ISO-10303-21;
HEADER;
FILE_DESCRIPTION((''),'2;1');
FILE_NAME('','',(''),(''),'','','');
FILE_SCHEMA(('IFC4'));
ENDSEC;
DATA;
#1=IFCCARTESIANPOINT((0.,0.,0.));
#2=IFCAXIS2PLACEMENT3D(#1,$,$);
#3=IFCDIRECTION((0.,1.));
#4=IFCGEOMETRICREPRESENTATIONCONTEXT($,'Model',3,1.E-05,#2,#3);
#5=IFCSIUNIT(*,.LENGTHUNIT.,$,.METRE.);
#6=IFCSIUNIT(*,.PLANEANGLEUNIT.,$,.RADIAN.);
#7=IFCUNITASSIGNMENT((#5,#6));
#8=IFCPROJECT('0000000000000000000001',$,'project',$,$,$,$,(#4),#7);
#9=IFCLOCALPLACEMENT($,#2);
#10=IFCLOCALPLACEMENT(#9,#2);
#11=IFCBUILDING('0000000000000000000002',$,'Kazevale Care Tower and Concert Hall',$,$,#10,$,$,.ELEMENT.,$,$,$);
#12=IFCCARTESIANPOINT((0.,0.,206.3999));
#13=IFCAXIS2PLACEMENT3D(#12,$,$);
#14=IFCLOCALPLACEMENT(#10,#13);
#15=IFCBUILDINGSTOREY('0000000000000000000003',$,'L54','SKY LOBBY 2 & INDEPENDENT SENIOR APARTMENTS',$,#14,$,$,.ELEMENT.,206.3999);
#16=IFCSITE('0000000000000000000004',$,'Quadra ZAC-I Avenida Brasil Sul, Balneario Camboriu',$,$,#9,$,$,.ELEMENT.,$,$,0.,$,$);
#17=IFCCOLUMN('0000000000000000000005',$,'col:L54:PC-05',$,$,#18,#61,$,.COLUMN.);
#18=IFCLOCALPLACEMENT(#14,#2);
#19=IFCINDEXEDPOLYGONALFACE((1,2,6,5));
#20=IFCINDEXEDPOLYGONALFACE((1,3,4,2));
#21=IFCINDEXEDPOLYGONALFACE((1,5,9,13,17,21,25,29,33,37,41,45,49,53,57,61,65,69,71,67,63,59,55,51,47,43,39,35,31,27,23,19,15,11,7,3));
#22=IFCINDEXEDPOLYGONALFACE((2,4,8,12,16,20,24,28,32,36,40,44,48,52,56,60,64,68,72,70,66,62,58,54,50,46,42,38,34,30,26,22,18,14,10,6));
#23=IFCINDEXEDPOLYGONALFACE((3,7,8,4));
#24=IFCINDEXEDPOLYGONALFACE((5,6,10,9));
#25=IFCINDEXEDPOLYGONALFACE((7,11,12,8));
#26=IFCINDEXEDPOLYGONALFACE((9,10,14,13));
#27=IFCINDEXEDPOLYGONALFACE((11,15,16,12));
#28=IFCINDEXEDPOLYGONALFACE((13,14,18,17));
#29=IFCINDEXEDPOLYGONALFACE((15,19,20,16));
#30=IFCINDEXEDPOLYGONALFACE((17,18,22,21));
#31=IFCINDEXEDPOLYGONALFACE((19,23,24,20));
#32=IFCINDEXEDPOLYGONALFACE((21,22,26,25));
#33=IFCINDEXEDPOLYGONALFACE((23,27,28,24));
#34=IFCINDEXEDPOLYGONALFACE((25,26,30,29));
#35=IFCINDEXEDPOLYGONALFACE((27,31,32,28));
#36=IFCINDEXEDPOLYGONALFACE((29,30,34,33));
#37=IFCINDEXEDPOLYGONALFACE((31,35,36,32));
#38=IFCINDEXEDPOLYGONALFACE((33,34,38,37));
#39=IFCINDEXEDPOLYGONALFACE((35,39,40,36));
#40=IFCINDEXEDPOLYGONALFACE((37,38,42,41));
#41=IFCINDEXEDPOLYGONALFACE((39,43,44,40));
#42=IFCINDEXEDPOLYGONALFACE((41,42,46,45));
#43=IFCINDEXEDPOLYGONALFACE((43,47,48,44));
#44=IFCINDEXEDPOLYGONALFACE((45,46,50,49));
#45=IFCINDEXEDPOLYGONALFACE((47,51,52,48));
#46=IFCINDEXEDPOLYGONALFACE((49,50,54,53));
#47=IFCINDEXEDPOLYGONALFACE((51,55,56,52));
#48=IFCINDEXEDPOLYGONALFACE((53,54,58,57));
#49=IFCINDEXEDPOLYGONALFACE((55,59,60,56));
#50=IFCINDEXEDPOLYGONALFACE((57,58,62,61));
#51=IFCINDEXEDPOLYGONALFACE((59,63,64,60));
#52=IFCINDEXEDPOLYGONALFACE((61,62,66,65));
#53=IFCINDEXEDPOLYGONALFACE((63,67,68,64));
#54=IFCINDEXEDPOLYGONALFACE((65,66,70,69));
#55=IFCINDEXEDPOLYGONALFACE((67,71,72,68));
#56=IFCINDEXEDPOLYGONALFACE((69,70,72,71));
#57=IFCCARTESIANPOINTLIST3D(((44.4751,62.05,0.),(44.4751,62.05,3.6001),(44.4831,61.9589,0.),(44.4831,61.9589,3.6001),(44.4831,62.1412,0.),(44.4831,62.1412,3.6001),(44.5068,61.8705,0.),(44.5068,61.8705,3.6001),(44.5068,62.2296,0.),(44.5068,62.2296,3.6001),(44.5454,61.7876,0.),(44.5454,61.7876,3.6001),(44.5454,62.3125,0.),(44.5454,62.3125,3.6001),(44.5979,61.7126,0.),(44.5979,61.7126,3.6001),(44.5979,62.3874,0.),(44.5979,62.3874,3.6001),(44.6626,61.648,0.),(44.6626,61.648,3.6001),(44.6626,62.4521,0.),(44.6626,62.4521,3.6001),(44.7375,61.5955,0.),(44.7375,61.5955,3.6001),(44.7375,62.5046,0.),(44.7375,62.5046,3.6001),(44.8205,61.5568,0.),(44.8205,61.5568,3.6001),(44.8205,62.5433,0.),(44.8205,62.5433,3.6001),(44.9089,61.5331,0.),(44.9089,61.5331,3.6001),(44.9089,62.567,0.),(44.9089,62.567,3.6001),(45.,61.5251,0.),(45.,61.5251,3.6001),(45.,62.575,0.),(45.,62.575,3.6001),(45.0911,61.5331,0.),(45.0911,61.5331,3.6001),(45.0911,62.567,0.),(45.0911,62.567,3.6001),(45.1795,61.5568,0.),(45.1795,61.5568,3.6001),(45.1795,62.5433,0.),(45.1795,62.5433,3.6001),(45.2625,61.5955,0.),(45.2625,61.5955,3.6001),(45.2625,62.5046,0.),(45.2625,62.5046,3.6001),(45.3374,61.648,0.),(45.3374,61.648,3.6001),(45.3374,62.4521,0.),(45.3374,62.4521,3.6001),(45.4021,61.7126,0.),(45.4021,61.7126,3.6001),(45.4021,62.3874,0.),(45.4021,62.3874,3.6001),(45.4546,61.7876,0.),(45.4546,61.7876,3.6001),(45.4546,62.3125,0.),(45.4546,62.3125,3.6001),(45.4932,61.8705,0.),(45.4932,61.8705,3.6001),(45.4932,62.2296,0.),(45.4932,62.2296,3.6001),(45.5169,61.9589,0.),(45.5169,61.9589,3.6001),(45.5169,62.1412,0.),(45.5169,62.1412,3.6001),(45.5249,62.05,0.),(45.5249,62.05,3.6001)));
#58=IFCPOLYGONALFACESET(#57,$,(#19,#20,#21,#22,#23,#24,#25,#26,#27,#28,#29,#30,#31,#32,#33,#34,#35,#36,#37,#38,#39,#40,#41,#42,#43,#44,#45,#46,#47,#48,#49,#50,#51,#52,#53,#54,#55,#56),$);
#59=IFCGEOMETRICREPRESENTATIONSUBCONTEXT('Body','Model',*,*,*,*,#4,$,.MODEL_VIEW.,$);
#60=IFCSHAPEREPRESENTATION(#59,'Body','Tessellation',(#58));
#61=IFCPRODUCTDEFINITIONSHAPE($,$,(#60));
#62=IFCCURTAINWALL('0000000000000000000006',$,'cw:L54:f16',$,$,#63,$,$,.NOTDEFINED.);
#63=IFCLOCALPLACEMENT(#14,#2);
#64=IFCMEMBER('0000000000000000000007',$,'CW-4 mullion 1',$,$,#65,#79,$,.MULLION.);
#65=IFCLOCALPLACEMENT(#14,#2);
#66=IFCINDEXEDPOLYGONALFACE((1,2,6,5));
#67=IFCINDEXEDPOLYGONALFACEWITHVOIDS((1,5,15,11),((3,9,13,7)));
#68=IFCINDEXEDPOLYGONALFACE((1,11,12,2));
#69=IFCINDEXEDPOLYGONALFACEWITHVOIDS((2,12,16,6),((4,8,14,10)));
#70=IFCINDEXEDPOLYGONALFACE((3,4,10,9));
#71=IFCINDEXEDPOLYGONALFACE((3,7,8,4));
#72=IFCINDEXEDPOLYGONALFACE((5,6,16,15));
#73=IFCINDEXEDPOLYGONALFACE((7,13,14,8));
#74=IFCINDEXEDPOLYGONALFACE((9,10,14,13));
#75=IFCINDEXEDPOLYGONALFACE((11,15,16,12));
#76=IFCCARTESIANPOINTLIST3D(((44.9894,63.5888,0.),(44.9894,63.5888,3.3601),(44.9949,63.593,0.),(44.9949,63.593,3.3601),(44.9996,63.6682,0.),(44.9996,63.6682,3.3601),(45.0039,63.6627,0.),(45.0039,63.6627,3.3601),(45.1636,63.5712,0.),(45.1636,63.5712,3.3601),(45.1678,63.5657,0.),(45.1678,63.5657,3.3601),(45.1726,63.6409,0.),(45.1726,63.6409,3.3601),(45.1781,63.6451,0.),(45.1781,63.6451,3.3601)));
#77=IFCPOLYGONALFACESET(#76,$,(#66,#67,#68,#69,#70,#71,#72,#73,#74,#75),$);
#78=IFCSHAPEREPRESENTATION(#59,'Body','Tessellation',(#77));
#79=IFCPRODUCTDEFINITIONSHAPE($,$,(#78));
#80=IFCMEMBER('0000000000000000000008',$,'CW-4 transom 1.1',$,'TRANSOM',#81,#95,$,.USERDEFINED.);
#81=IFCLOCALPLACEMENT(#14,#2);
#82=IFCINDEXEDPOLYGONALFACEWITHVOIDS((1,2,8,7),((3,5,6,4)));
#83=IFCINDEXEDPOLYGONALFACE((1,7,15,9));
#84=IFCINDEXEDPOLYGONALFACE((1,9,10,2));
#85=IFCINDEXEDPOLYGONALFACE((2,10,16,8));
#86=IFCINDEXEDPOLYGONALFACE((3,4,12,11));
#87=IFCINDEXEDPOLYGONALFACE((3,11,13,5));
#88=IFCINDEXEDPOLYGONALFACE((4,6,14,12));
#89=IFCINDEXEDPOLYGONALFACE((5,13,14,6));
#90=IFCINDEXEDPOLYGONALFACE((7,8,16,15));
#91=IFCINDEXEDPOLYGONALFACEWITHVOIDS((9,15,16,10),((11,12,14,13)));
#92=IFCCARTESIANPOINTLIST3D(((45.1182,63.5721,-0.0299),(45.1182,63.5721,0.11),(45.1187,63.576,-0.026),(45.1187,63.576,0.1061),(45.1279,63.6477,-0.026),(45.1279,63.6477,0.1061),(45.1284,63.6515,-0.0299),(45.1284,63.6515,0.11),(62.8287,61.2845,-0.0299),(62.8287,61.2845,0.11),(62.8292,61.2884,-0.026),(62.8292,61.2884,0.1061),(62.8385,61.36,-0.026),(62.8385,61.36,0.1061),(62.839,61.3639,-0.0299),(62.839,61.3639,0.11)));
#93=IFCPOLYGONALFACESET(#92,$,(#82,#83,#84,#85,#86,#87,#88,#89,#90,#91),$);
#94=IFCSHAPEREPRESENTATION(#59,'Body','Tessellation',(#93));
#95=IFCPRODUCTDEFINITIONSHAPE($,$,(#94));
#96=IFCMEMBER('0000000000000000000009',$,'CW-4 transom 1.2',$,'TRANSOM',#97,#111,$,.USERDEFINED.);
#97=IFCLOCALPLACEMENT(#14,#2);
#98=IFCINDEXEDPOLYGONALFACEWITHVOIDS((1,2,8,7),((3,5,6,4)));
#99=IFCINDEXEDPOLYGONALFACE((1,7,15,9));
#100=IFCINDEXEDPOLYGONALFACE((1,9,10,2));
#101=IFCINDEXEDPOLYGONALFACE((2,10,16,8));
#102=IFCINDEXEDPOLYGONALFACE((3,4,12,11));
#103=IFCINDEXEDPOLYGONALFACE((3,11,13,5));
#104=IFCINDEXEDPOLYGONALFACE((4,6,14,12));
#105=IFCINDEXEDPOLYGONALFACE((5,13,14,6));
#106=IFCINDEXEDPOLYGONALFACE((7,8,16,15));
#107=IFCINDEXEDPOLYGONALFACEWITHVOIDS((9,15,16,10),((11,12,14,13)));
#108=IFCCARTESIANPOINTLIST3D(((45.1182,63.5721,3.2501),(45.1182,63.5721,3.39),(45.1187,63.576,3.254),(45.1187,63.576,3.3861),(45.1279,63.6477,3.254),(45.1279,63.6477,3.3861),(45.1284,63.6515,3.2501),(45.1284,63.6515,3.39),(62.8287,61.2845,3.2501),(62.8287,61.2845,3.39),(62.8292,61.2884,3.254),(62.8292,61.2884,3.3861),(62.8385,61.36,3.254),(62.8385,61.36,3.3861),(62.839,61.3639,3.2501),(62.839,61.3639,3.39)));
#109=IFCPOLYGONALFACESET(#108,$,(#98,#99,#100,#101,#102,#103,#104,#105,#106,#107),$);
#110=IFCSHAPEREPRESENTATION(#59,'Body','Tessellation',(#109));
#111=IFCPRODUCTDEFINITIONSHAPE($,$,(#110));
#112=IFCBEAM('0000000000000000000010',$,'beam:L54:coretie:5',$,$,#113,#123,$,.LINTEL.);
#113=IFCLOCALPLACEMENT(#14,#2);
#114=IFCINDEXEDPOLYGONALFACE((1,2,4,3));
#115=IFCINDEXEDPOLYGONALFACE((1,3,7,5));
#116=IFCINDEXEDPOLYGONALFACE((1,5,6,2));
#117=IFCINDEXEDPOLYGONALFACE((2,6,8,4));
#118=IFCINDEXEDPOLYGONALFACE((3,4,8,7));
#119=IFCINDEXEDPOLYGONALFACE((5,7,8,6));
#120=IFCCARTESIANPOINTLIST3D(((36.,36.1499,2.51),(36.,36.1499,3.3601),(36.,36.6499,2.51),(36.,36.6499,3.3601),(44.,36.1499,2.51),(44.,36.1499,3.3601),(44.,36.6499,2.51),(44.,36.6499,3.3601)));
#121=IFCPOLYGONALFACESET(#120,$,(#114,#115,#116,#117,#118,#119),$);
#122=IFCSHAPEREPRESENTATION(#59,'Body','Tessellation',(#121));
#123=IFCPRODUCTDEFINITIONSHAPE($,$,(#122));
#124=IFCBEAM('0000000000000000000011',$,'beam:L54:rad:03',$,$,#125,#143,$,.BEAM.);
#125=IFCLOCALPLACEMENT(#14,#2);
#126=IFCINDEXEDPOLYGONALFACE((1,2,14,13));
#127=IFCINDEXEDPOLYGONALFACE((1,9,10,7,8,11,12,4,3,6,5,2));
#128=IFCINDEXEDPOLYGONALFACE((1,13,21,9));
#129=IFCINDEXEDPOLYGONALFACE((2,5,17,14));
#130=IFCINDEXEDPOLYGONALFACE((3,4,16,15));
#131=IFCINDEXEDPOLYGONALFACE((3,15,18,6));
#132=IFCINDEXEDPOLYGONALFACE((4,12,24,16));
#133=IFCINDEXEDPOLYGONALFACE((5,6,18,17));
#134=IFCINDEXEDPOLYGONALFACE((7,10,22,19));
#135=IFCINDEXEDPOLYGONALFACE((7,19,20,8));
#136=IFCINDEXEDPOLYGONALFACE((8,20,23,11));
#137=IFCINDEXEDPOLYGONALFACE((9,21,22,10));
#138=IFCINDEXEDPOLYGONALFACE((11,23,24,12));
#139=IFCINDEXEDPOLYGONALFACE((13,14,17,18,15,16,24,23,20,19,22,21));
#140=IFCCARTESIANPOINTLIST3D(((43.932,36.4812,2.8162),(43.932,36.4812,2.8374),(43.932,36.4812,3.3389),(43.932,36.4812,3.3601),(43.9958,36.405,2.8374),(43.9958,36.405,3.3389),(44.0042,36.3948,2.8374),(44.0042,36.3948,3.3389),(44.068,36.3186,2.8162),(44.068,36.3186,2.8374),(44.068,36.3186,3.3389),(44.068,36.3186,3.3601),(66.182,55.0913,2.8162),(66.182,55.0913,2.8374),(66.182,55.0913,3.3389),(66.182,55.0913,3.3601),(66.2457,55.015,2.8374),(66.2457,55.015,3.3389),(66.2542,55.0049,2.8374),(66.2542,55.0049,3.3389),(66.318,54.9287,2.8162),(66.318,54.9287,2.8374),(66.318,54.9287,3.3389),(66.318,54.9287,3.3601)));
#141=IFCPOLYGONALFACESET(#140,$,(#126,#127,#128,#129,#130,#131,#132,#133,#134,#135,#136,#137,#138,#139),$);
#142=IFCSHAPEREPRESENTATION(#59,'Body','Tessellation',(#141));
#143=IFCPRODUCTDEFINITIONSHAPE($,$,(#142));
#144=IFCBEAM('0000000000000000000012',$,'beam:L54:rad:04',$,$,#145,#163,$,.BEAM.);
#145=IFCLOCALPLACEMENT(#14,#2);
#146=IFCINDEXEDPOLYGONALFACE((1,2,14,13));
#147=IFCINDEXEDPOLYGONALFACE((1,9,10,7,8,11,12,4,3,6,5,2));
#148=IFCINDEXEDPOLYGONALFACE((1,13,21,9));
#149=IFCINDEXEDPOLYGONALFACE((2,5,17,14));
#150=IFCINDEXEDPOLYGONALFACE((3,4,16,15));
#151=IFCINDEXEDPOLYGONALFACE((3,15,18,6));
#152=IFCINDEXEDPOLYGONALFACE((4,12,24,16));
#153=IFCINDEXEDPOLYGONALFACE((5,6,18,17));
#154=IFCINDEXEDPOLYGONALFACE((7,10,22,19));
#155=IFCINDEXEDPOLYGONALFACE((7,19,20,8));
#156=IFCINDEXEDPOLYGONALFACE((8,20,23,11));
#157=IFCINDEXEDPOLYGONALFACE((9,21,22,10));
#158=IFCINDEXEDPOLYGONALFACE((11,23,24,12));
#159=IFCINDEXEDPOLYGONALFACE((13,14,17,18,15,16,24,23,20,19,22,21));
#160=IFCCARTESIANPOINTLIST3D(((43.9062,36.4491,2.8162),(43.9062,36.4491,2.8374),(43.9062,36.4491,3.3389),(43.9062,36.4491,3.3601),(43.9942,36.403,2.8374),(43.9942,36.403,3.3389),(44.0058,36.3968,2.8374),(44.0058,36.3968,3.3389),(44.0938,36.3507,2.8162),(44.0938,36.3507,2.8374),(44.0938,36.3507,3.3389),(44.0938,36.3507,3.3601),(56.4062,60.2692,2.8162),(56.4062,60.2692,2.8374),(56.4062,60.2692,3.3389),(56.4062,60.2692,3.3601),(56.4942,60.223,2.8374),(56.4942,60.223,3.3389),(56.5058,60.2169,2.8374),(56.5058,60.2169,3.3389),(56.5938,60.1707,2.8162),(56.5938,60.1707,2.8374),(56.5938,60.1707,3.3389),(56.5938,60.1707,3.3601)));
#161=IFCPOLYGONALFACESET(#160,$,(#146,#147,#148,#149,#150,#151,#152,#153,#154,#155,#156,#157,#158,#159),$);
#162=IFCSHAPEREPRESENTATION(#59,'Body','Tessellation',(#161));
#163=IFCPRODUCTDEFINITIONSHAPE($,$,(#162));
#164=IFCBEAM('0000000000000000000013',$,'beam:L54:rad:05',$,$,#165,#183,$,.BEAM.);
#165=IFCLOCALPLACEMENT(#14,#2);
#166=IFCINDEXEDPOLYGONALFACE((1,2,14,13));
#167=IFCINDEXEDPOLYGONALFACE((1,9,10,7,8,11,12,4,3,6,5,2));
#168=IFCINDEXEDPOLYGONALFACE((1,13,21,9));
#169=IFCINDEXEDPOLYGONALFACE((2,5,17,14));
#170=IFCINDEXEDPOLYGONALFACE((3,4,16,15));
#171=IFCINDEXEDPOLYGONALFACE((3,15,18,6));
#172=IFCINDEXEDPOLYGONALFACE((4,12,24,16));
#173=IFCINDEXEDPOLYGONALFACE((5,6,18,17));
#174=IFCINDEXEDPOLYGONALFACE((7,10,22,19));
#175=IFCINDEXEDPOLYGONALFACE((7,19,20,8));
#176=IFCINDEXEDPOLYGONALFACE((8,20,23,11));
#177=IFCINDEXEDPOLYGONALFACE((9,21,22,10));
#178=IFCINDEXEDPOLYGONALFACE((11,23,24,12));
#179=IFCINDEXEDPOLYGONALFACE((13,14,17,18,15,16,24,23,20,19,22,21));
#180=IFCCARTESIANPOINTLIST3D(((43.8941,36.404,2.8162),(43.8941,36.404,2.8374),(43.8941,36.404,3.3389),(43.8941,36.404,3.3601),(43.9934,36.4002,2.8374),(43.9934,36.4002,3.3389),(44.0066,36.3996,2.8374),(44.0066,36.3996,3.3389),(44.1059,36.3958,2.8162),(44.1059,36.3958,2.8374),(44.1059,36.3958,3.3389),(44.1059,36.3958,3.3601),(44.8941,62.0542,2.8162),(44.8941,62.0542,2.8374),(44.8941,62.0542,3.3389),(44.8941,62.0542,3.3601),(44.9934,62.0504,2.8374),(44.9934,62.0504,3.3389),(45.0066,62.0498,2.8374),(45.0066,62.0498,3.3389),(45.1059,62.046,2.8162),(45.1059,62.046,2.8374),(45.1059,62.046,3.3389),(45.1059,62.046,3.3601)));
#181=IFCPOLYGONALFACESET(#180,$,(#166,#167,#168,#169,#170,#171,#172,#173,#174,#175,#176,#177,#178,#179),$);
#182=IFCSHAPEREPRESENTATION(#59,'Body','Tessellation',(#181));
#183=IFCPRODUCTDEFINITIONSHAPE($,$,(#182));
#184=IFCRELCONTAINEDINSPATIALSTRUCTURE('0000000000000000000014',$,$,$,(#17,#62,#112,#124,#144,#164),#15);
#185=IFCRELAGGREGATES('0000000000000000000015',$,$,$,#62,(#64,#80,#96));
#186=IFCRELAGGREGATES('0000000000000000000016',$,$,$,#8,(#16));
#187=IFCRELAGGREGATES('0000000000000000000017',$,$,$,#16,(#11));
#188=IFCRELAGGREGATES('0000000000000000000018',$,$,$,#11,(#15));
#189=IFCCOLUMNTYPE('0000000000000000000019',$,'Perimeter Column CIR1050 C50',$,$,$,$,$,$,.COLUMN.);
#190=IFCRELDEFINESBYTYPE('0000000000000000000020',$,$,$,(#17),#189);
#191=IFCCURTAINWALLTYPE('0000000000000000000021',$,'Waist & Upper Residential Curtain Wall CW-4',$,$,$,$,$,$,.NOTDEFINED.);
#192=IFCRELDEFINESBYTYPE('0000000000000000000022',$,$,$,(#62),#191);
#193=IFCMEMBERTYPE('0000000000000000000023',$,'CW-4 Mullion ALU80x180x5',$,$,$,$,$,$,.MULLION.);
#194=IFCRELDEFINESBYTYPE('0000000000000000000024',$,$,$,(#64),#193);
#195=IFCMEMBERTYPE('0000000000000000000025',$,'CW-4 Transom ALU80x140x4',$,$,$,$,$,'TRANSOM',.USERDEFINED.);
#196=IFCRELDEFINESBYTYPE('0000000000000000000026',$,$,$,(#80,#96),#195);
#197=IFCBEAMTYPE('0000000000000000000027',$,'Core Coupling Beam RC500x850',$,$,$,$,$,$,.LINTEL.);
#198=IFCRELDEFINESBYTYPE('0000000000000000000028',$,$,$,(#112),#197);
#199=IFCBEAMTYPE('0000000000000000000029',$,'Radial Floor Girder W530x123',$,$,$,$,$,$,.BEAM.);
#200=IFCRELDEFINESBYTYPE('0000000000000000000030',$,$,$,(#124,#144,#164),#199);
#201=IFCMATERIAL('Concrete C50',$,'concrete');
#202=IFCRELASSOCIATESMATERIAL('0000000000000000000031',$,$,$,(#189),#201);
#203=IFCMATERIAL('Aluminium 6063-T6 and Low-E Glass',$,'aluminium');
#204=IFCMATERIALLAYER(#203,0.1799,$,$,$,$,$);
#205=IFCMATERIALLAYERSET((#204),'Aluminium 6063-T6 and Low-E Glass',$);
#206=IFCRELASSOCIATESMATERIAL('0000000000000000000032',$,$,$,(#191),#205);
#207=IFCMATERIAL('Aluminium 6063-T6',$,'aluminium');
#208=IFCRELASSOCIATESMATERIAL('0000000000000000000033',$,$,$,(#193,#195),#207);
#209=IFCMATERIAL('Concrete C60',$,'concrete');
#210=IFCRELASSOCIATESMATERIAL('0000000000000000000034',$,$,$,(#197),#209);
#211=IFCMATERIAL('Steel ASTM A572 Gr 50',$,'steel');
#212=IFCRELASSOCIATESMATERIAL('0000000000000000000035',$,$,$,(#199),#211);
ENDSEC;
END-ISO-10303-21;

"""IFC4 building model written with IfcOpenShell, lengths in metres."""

from ifc_helpers import new_model, si_unit, direction, frame, origin, origin_2d, place, context, subcontext, project, spatial, rectangle, hollow_rectangle, circle, i_section, extrude, material, layer, layer_set, material_profile, profile_set, type_object, element, aggregate, save


model = new_model("IFC4")

# Units and contexts
model_context = context("Model", 3, precision=1e-05, world=origin(), true_north=direction((0.0, 1.0)))
body_context = subcontext(model_context, "Body", "Model", "MODEL_VIEW")
ifc_project = project(units=[si_unit("LENGTHUNIT", "METRE"), si_unit("PLANEANGLEUNIT", "RADIAN")], contexts=[model_context])

# Site, building, storey
site_placement = place(None, origin())
site = spatial("IfcSite", under=ifc_project, at=site_placement, Name="Quadra ZAC-I Avenida Brasil Sul, Balneario Camboriu", CompositionType="ELEMENT", RefElevation=0.0)
building_placement = place(site_placement, origin())
building = spatial("IfcBuilding", under=site, at=building_placement, Name="Kazevale Care Tower and Concert Hall", CompositionType="ELEMENT")
storey_placement = place(building_placement, frame((0.0, 0.0, 206.3999)))
storey = spatial("IfcBuildingStorey", under=building, at=storey_placement, Name="L54", Description="SKY LOBBY 2 & INDEPENDENT SENIOR APARTMENTS", CompositionType="ELEMENT", Elevation=206.3999)

# Column
ifc_material_1 = material(Name="Concrete C50", Category="concrete")
ifc_material_profile_1 = material_profile(ifc_material_1, circle(Radius=0.5249, at=origin_2d()), Name="RC-CIR1050")
ifc_profile_set_1 = profile_set([ifc_material_profile_1], Name="Concrete C50")
column_type = type_object("IfcColumnType", Name="Perimeter Column CIR1050 C50", PredefinedType="COLUMN", material=ifc_profile_set_1)
column_placement = place(storey_placement, frame((45.0, 62.05, 0.0), z_axis=(0.0, 0.0, 1.0), x_axis=(1.0, 0.0, 0.0)))
element("IfcColumn", 1, at=column_placement, inside=storey, type_object=column_type, Name="col:L54:PC-05", PredefinedType="COLUMN", context=body_context, shape_type="SweptSolid", body=[
    extrude(circle(Radius=0.5249, at=origin_2d()), origin(), (0.0, 0.0, 1.0), 3.6001),
])

# Curtain wall, members
ifc_material_2 = material(Name="Aluminium 6063-T6 and Low-E Glass", Category="aluminium")
ifc_layer_1 = layer(ifc_material_2, 0.1799)
ifc_layer_set_1 = layer_set([ifc_layer_1], Name="Aluminium 6063-T6 and Low-E Glass")
curtain_wall_type = type_object("IfcCurtainWallType", Name="Waist & Upper Residential Curtain Wall CW-4", PredefinedType="NOTDEFINED", material=ifc_layer_set_1)
curtain_wall_placement = place(storey_placement, origin())
curtain_wall = element("IfcCurtainWall", 2, at=curtain_wall_placement, inside=storey, type_object=curtain_wall_type, Name="cw:L54:f16", PredefinedType="NOTDEFINED")
ifc_material_3 = material(Name="Aluminium 6063-T6", Category="aluminium")
ifc_material_profile_2 = material_profile(ifc_material_3, hollow_rectangle(XDim=0.0801, YDim=0.1799, WallThickness=0.0049, at=origin_2d()), Name="ALU80x180x5")
ifc_profile_set_2 = profile_set([ifc_material_profile_2], Name="Aluminium 6063-T6")
member_type_1 = type_object("IfcMemberType", Name="CW-4 Mullion ALU80x180x5", PredefinedType="MULLION", material=ifc_profile_set_2)
member_1_placement = place(storey_placement, frame((45.0837, 63.6169, 0.0), z_axis=(0.0, 0.0, 1.0), x_axis=(0.128098, 0.991761, 0.0)))
member_1 = element("IfcMember", 3, at=member_1_placement, type_object=member_type_1, Name="CW-4 mullion 1", PredefinedType="MULLION", context=body_context, shape_type="SweptSolid", body=[
    extrude(hollow_rectangle(XDim=0.0801, YDim=0.1799, WallThickness=0.0049, at=origin_2d()), origin(), (0.0, 0.0, 1.0), 3.3601),
])
ifc_material_profile_3 = material_profile(ifc_material_3, hollow_rectangle(XDim=0.0801, YDim=0.1399, WallThickness=0.0039, at=origin_2d()), Name="ALU80x140x4")
ifc_profile_set_3 = profile_set([ifc_material_profile_3], Name="Aluminium 6063-T6")
member_type_2 = type_object("IfcMemberType", Name="CW-4 Transom ALU80x140x4", ElementType="TRANSOM", PredefinedType="USERDEFINED", material=ifc_profile_set_3)
member_2_placement = place(storey_placement, frame((45.1233, 63.6118, 0.04), z_axis=(0.991761, -0.128102, 0.0), x_axis=(0.128102, 0.991761, 0.0)))
member_2 = element("IfcMember", 4, at=member_2_placement, type_object=member_type_2, Name="CW-4 transom 1.1", ObjectType="TRANSOM", PredefinedType="USERDEFINED", context=body_context, shape_type="SweptSolid", body=[
    extrude(hollow_rectangle(XDim=0.0801, YDim=0.1399, WallThickness=0.0039, at=origin_2d()), origin(), (0.0, 0.0, 1.0), 17.8577),
])
member_3_placement = place(storey_placement, frame((45.1233, 63.6118, 3.3201), z_axis=(0.991761, -0.128102, 0.0), x_axis=(0.128102, 0.991761, 0.0)))
member_3 = element("IfcMember", 5, at=member_3_placement, type_object=member_type_2, Name="CW-4 transom 1.2", ObjectType="TRANSOM", PredefinedType="USERDEFINED", context=body_context, shape_type="SweptSolid", body=[
    extrude(hollow_rectangle(XDim=0.0801, YDim=0.1399, WallThickness=0.0039, at=origin_2d()), origin(), (0.0, 0.0, 1.0), 17.8577),
])
aggregate(curtain_wall, [member_1, member_2, member_3])

# Beams
ifc_material_4 = material(Name="Concrete C60", Category="concrete")
ifc_material_profile_4 = material_profile(ifc_material_4, rectangle(XDim=0.5, YDim=0.8501, at=origin_2d()), Name="RC-B500x850")
ifc_profile_set_4 = profile_set([ifc_material_profile_4], Name="Concrete C60")
beam_type_1 = type_object("IfcBeamType", Name="Core Coupling Beam RC500x850", PredefinedType="LINTEL", material=ifc_profile_set_4)
beam_1_placement = place(storey_placement, frame((44.0, 36.3999, 2.9351), z_axis=(-1.0, 0.0, 0.0), x_axis=(0.0, -1.0, 0.0)))
element("IfcBeam", 6, at=beam_1_placement, inside=storey, type_object=beam_type_1, Name="beam:L54:coretie:5", PredefinedType="LINTEL", context=body_context, shape_type="SweptSolid", body=[
    extrude(rectangle(XDim=0.5, YDim=0.8501, at=origin_2d()), origin(), (0.0, 0.0, 1.0), 8.0),
])
ifc_material_5 = material(Name="Steel ASTM A572 Gr 50", Category="steel")
ifc_material_profile_5 = material_profile(ifc_material_5, i_section(OverallWidth=0.2119, OverallDepth=0.5439, WebThickness=0.0132, FlangeThickness=0.0212, at=origin_2d()), Name="W530x123")
ifc_profile_set_5 = profile_set([ifc_material_profile_5], Name="Steel ASTM A572 Gr 50")
beam_type_2 = type_object("IfcBeamType", Name="Radial Floor Girder W530x123", PredefinedType="BEAM", material=ifc_profile_set_5)
beam_2_placement = place(storey_placement, frame((44.0, 36.3999, 3.0881), z_axis=(0.76706, 0.641576, 0.0), x_axis=(-0.641576, 0.76706, 0.0)))
element("IfcBeam", 7, at=beam_2_placement, inside=storey, type_object=beam_type_2, Name="beam:L54:rad:03", PredefinedType="BEAM", context=body_context, shape_type="SweptSolid", body=[
    extrude(i_section(OverallWidth=0.2119, OverallDepth=0.5439, WebThickness=0.0132, FlangeThickness=0.0212, at=origin_2d()), origin(), (0.0, 0.0, 1.0), 29.0068),
])
beam_3_placement = place(storey_placement, frame((44.0, 36.3999, 3.0881), z_axis=(0.464673, 0.885483, 0.0), x_axis=(-0.885483, 0.464673, 0.0)))
element("IfcBeam", 8, at=beam_3_placement, inside=storey, type_object=beam_type_2, Name="beam:L54:rad:04", PredefinedType="BEAM", context=body_context, shape_type="SweptSolid", body=[
    extrude(i_section(OverallWidth=0.2119, OverallDepth=0.5439, WebThickness=0.0132, FlangeThickness=0.0212, at=origin_2d()), origin(), (0.0, 0.0, 1.0), 26.9006),
])
beam_4_placement = place(storey_placement, frame((44.0, 36.3999, 3.0881), z_axis=(0.038957, 0.999241, 0.0), x_axis=(-0.999241, 0.038957, 0.0)))
element("IfcBeam", 9, at=beam_4_placement, inside=storey, type_object=beam_type_2, Name="beam:L54:rad:05", PredefinedType="BEAM", context=body_context, shape_type="SweptSolid", body=[
    extrude(i_section(OverallWidth=0.2119, OverallDepth=0.5439, WebThickness=0.0132, FlangeThickness=0.0212, at=origin_2d()), origin(), (0.0, 0.0, 1.0), 25.6697),
])

save(model, "model.ifc")
